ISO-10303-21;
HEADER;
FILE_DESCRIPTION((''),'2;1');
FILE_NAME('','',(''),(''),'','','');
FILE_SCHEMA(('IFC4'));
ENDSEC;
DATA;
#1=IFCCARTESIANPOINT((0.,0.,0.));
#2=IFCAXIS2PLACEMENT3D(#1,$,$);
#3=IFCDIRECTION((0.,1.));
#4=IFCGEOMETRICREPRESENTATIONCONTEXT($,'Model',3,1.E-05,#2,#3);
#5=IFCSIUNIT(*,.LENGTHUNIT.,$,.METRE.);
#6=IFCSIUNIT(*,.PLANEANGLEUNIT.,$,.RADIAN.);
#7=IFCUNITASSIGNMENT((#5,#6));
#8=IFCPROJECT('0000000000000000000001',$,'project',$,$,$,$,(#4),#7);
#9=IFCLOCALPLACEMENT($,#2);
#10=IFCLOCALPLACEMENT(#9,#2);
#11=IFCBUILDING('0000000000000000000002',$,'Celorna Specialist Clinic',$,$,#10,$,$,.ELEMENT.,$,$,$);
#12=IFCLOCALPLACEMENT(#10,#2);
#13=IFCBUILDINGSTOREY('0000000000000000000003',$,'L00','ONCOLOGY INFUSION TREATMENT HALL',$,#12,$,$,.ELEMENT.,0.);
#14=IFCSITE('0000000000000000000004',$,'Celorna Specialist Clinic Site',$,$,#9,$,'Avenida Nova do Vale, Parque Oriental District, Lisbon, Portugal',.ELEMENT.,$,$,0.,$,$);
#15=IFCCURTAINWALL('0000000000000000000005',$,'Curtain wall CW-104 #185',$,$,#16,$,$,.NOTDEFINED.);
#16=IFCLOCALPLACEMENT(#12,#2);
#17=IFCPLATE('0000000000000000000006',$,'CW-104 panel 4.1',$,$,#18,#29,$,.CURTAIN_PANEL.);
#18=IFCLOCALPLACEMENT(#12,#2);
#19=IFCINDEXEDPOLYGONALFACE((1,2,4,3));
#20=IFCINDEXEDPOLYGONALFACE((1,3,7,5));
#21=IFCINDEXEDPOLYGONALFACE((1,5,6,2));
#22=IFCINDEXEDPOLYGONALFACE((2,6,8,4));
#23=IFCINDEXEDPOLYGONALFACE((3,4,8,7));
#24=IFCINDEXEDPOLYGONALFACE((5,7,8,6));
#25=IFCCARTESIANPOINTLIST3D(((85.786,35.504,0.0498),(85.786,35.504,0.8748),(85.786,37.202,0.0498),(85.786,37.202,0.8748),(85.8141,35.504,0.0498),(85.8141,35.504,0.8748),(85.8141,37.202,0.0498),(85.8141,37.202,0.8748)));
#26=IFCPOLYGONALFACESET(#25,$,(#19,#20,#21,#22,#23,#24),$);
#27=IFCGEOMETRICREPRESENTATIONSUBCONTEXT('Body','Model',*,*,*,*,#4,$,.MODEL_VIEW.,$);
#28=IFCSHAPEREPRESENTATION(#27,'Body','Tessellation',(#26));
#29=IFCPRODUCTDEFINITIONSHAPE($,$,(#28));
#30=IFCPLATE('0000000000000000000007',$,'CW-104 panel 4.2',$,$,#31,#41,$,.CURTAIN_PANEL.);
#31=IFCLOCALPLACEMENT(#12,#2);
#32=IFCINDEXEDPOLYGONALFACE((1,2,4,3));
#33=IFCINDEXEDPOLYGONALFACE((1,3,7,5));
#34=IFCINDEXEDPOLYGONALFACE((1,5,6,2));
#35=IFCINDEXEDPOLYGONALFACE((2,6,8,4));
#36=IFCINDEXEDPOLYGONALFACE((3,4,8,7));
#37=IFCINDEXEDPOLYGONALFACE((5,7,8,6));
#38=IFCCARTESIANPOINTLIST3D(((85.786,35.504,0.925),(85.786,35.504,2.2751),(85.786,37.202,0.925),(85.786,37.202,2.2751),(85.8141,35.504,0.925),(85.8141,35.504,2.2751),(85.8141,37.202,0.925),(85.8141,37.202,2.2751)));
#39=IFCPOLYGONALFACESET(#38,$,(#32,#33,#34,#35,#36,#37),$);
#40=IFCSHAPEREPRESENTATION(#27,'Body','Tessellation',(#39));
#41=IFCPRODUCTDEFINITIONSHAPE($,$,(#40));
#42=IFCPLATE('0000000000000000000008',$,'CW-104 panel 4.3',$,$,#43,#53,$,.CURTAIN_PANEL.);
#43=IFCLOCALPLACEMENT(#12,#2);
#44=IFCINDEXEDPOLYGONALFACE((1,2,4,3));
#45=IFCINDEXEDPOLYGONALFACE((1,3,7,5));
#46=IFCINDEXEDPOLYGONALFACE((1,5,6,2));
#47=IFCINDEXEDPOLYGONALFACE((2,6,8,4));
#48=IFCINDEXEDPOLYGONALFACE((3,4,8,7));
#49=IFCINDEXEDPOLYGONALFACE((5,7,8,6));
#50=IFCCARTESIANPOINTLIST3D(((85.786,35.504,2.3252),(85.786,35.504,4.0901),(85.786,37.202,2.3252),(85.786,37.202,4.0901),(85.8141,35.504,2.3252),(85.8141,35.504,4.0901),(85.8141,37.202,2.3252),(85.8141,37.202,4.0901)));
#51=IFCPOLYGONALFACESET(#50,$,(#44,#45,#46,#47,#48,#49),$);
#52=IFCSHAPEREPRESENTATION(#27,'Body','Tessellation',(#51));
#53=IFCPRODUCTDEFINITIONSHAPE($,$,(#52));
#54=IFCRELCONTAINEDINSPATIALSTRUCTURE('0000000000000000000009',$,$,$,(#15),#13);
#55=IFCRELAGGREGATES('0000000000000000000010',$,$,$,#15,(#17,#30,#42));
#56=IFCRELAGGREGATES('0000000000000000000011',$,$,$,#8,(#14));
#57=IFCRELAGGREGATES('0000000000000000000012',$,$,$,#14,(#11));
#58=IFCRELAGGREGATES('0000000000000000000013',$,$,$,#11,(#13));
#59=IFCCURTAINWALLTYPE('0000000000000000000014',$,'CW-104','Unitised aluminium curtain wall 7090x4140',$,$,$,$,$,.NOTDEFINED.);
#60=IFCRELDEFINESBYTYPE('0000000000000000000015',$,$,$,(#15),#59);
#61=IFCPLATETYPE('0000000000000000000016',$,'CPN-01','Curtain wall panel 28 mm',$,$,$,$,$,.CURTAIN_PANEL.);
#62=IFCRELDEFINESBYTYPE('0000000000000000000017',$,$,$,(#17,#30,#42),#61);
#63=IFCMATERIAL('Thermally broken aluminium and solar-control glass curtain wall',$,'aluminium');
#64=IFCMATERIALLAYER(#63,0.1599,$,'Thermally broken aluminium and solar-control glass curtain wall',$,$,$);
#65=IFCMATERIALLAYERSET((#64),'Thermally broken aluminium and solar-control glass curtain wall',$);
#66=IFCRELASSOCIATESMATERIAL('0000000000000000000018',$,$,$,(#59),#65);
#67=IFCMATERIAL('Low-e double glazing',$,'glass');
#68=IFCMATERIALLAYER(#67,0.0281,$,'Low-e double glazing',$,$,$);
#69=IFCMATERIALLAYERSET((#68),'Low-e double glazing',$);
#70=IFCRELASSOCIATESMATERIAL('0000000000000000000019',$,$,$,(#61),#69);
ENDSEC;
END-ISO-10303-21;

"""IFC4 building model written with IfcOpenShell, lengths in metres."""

from ifc_helpers import new_model, si_unit, direction, frame, origin, origin_2d, place, context, subcontext, project, spatial, rectangle, extrude, material, layer, layer_set, type_object, element, aggregate, save


model = new_model("IFC4")

# Units and contexts
model_context = context("Model", 3, precision=1e-05, world=origin(), true_north=direction((0.0, 1.0)))
body_context = subcontext(model_context, "Body", "Model", "MODEL_VIEW")
ifc_project = project(units=[si_unit("LENGTHUNIT", "METRE"), si_unit("PLANEANGLEUNIT", "RADIAN")], contexts=[model_context])

# Site, building, storey
site_placement = place(None, origin())
site = spatial("IfcSite", under=ifc_project, at=site_placement, Name="Celorna Specialist Clinic Site", LongName="Avenida Nova do Vale, Parque Oriental District, Lisbon, Portugal", CompositionType="ELEMENT", RefElevation=0.0)
building_placement = place(site_placement, origin())
building = spatial("IfcBuilding", under=site, at=building_placement, Name="Celorna Specialist Clinic", CompositionType="ELEMENT")
storey_placement = place(building_placement, origin())
storey = spatial("IfcBuildingStorey", under=building, at=storey_placement, Name="L00", Description="ONCOLOGY INFUSION TREATMENT HALL", CompositionType="ELEMENT", Elevation=0.0)

# Curtain wall, plates
ifc_material_1 = material(Name="Thermally broken aluminium and solar-control glass curtain wall", Category="aluminium")
ifc_layer_1 = layer(ifc_material_1, 0.1599, Name="Thermally broken aluminium and solar-control glass curtain wall")
ifc_layer_set_1 = layer_set([ifc_layer_1], Name="Thermally broken aluminium and solar-control glass curtain wall")
curtain_wall_type = type_object("IfcCurtainWallType", Name="CW-104", Description="Unitised aluminium curtain wall 7090x4140", PredefinedType="NOTDEFINED", material=ifc_layer_set_1)
curtain_wall_placement = place(storey_placement, origin())
curtain_wall = element("IfcCurtainWall", 1, at=curtain_wall_placement, inside=storey, type_object=curtain_wall_type, Name="Curtain wall CW-104 #185", PredefinedType="NOTDEFINED")
ifc_material_2 = material(Name="Low-e double glazing", Category="glass")
ifc_layer_2 = layer(ifc_material_2, 0.0281, Name="Low-e double glazing")
ifc_layer_set_2 = layer_set([ifc_layer_2], Name="Low-e double glazing")
plate_type = type_object("IfcPlateType", Name="CPN-01", Description="Curtain wall panel 28 mm", PredefinedType="CURTAIN_PANEL", material=ifc_layer_set_2)
plate_1_placement = place(storey_placement, frame((85.8, 36.353, 0.0498), z_axis=(0.0, 0.0, 1.0), x_axis=(0.0, -1.0, 0.0)))
plate_1 = element("IfcPlate", 2, at=plate_1_placement, type_object=plate_type, Name="CW-104 panel 4.1", PredefinedType="CURTAIN_PANEL", context=body_context, shape_type="SweptSolid", body=[
    extrude(rectangle(XDim=1.698, YDim=0.0281, at=origin_2d()), origin(), (0.0, 0.0, 1.0), 0.825),
])
plate_2_placement = place(storey_placement, frame((85.8, 36.353, 0.925), z_axis=(0.0, 0.0, 1.0), x_axis=(0.0, -1.0, 0.0)))
plate_2 = element("IfcPlate", 3, at=plate_2_placement, type_object=plate_type, Name="CW-104 panel 4.2", PredefinedType="CURTAIN_PANEL", context=body_context, shape_type="SweptSolid", body=[
    extrude(rectangle(XDim=1.698, YDim=0.0281, at=origin_2d()), origin(), (0.0, 0.0, 1.0), 1.3501),
])
plate_3_placement = place(storey_placement, frame((85.8, 36.353, 2.3252), z_axis=(0.0, 0.0, 1.0), x_axis=(0.0, -1.0, 0.0)))
plate_3 = element("IfcPlate", 4, at=plate_3_placement, type_object=plate_type, Name="CW-104 panel 4.3", PredefinedType="CURTAIN_PANEL", context=body_context, shape_type="SweptSolid", body=[
    extrude(rectangle(XDim=1.698, YDim=0.0281, at=origin_2d()), origin(), (0.0, 0.0, 1.0), 1.7649),
])
aggregate(curtain_wall, [plate_1, plate_2, plate_3])

save(model, "model.ifc")
